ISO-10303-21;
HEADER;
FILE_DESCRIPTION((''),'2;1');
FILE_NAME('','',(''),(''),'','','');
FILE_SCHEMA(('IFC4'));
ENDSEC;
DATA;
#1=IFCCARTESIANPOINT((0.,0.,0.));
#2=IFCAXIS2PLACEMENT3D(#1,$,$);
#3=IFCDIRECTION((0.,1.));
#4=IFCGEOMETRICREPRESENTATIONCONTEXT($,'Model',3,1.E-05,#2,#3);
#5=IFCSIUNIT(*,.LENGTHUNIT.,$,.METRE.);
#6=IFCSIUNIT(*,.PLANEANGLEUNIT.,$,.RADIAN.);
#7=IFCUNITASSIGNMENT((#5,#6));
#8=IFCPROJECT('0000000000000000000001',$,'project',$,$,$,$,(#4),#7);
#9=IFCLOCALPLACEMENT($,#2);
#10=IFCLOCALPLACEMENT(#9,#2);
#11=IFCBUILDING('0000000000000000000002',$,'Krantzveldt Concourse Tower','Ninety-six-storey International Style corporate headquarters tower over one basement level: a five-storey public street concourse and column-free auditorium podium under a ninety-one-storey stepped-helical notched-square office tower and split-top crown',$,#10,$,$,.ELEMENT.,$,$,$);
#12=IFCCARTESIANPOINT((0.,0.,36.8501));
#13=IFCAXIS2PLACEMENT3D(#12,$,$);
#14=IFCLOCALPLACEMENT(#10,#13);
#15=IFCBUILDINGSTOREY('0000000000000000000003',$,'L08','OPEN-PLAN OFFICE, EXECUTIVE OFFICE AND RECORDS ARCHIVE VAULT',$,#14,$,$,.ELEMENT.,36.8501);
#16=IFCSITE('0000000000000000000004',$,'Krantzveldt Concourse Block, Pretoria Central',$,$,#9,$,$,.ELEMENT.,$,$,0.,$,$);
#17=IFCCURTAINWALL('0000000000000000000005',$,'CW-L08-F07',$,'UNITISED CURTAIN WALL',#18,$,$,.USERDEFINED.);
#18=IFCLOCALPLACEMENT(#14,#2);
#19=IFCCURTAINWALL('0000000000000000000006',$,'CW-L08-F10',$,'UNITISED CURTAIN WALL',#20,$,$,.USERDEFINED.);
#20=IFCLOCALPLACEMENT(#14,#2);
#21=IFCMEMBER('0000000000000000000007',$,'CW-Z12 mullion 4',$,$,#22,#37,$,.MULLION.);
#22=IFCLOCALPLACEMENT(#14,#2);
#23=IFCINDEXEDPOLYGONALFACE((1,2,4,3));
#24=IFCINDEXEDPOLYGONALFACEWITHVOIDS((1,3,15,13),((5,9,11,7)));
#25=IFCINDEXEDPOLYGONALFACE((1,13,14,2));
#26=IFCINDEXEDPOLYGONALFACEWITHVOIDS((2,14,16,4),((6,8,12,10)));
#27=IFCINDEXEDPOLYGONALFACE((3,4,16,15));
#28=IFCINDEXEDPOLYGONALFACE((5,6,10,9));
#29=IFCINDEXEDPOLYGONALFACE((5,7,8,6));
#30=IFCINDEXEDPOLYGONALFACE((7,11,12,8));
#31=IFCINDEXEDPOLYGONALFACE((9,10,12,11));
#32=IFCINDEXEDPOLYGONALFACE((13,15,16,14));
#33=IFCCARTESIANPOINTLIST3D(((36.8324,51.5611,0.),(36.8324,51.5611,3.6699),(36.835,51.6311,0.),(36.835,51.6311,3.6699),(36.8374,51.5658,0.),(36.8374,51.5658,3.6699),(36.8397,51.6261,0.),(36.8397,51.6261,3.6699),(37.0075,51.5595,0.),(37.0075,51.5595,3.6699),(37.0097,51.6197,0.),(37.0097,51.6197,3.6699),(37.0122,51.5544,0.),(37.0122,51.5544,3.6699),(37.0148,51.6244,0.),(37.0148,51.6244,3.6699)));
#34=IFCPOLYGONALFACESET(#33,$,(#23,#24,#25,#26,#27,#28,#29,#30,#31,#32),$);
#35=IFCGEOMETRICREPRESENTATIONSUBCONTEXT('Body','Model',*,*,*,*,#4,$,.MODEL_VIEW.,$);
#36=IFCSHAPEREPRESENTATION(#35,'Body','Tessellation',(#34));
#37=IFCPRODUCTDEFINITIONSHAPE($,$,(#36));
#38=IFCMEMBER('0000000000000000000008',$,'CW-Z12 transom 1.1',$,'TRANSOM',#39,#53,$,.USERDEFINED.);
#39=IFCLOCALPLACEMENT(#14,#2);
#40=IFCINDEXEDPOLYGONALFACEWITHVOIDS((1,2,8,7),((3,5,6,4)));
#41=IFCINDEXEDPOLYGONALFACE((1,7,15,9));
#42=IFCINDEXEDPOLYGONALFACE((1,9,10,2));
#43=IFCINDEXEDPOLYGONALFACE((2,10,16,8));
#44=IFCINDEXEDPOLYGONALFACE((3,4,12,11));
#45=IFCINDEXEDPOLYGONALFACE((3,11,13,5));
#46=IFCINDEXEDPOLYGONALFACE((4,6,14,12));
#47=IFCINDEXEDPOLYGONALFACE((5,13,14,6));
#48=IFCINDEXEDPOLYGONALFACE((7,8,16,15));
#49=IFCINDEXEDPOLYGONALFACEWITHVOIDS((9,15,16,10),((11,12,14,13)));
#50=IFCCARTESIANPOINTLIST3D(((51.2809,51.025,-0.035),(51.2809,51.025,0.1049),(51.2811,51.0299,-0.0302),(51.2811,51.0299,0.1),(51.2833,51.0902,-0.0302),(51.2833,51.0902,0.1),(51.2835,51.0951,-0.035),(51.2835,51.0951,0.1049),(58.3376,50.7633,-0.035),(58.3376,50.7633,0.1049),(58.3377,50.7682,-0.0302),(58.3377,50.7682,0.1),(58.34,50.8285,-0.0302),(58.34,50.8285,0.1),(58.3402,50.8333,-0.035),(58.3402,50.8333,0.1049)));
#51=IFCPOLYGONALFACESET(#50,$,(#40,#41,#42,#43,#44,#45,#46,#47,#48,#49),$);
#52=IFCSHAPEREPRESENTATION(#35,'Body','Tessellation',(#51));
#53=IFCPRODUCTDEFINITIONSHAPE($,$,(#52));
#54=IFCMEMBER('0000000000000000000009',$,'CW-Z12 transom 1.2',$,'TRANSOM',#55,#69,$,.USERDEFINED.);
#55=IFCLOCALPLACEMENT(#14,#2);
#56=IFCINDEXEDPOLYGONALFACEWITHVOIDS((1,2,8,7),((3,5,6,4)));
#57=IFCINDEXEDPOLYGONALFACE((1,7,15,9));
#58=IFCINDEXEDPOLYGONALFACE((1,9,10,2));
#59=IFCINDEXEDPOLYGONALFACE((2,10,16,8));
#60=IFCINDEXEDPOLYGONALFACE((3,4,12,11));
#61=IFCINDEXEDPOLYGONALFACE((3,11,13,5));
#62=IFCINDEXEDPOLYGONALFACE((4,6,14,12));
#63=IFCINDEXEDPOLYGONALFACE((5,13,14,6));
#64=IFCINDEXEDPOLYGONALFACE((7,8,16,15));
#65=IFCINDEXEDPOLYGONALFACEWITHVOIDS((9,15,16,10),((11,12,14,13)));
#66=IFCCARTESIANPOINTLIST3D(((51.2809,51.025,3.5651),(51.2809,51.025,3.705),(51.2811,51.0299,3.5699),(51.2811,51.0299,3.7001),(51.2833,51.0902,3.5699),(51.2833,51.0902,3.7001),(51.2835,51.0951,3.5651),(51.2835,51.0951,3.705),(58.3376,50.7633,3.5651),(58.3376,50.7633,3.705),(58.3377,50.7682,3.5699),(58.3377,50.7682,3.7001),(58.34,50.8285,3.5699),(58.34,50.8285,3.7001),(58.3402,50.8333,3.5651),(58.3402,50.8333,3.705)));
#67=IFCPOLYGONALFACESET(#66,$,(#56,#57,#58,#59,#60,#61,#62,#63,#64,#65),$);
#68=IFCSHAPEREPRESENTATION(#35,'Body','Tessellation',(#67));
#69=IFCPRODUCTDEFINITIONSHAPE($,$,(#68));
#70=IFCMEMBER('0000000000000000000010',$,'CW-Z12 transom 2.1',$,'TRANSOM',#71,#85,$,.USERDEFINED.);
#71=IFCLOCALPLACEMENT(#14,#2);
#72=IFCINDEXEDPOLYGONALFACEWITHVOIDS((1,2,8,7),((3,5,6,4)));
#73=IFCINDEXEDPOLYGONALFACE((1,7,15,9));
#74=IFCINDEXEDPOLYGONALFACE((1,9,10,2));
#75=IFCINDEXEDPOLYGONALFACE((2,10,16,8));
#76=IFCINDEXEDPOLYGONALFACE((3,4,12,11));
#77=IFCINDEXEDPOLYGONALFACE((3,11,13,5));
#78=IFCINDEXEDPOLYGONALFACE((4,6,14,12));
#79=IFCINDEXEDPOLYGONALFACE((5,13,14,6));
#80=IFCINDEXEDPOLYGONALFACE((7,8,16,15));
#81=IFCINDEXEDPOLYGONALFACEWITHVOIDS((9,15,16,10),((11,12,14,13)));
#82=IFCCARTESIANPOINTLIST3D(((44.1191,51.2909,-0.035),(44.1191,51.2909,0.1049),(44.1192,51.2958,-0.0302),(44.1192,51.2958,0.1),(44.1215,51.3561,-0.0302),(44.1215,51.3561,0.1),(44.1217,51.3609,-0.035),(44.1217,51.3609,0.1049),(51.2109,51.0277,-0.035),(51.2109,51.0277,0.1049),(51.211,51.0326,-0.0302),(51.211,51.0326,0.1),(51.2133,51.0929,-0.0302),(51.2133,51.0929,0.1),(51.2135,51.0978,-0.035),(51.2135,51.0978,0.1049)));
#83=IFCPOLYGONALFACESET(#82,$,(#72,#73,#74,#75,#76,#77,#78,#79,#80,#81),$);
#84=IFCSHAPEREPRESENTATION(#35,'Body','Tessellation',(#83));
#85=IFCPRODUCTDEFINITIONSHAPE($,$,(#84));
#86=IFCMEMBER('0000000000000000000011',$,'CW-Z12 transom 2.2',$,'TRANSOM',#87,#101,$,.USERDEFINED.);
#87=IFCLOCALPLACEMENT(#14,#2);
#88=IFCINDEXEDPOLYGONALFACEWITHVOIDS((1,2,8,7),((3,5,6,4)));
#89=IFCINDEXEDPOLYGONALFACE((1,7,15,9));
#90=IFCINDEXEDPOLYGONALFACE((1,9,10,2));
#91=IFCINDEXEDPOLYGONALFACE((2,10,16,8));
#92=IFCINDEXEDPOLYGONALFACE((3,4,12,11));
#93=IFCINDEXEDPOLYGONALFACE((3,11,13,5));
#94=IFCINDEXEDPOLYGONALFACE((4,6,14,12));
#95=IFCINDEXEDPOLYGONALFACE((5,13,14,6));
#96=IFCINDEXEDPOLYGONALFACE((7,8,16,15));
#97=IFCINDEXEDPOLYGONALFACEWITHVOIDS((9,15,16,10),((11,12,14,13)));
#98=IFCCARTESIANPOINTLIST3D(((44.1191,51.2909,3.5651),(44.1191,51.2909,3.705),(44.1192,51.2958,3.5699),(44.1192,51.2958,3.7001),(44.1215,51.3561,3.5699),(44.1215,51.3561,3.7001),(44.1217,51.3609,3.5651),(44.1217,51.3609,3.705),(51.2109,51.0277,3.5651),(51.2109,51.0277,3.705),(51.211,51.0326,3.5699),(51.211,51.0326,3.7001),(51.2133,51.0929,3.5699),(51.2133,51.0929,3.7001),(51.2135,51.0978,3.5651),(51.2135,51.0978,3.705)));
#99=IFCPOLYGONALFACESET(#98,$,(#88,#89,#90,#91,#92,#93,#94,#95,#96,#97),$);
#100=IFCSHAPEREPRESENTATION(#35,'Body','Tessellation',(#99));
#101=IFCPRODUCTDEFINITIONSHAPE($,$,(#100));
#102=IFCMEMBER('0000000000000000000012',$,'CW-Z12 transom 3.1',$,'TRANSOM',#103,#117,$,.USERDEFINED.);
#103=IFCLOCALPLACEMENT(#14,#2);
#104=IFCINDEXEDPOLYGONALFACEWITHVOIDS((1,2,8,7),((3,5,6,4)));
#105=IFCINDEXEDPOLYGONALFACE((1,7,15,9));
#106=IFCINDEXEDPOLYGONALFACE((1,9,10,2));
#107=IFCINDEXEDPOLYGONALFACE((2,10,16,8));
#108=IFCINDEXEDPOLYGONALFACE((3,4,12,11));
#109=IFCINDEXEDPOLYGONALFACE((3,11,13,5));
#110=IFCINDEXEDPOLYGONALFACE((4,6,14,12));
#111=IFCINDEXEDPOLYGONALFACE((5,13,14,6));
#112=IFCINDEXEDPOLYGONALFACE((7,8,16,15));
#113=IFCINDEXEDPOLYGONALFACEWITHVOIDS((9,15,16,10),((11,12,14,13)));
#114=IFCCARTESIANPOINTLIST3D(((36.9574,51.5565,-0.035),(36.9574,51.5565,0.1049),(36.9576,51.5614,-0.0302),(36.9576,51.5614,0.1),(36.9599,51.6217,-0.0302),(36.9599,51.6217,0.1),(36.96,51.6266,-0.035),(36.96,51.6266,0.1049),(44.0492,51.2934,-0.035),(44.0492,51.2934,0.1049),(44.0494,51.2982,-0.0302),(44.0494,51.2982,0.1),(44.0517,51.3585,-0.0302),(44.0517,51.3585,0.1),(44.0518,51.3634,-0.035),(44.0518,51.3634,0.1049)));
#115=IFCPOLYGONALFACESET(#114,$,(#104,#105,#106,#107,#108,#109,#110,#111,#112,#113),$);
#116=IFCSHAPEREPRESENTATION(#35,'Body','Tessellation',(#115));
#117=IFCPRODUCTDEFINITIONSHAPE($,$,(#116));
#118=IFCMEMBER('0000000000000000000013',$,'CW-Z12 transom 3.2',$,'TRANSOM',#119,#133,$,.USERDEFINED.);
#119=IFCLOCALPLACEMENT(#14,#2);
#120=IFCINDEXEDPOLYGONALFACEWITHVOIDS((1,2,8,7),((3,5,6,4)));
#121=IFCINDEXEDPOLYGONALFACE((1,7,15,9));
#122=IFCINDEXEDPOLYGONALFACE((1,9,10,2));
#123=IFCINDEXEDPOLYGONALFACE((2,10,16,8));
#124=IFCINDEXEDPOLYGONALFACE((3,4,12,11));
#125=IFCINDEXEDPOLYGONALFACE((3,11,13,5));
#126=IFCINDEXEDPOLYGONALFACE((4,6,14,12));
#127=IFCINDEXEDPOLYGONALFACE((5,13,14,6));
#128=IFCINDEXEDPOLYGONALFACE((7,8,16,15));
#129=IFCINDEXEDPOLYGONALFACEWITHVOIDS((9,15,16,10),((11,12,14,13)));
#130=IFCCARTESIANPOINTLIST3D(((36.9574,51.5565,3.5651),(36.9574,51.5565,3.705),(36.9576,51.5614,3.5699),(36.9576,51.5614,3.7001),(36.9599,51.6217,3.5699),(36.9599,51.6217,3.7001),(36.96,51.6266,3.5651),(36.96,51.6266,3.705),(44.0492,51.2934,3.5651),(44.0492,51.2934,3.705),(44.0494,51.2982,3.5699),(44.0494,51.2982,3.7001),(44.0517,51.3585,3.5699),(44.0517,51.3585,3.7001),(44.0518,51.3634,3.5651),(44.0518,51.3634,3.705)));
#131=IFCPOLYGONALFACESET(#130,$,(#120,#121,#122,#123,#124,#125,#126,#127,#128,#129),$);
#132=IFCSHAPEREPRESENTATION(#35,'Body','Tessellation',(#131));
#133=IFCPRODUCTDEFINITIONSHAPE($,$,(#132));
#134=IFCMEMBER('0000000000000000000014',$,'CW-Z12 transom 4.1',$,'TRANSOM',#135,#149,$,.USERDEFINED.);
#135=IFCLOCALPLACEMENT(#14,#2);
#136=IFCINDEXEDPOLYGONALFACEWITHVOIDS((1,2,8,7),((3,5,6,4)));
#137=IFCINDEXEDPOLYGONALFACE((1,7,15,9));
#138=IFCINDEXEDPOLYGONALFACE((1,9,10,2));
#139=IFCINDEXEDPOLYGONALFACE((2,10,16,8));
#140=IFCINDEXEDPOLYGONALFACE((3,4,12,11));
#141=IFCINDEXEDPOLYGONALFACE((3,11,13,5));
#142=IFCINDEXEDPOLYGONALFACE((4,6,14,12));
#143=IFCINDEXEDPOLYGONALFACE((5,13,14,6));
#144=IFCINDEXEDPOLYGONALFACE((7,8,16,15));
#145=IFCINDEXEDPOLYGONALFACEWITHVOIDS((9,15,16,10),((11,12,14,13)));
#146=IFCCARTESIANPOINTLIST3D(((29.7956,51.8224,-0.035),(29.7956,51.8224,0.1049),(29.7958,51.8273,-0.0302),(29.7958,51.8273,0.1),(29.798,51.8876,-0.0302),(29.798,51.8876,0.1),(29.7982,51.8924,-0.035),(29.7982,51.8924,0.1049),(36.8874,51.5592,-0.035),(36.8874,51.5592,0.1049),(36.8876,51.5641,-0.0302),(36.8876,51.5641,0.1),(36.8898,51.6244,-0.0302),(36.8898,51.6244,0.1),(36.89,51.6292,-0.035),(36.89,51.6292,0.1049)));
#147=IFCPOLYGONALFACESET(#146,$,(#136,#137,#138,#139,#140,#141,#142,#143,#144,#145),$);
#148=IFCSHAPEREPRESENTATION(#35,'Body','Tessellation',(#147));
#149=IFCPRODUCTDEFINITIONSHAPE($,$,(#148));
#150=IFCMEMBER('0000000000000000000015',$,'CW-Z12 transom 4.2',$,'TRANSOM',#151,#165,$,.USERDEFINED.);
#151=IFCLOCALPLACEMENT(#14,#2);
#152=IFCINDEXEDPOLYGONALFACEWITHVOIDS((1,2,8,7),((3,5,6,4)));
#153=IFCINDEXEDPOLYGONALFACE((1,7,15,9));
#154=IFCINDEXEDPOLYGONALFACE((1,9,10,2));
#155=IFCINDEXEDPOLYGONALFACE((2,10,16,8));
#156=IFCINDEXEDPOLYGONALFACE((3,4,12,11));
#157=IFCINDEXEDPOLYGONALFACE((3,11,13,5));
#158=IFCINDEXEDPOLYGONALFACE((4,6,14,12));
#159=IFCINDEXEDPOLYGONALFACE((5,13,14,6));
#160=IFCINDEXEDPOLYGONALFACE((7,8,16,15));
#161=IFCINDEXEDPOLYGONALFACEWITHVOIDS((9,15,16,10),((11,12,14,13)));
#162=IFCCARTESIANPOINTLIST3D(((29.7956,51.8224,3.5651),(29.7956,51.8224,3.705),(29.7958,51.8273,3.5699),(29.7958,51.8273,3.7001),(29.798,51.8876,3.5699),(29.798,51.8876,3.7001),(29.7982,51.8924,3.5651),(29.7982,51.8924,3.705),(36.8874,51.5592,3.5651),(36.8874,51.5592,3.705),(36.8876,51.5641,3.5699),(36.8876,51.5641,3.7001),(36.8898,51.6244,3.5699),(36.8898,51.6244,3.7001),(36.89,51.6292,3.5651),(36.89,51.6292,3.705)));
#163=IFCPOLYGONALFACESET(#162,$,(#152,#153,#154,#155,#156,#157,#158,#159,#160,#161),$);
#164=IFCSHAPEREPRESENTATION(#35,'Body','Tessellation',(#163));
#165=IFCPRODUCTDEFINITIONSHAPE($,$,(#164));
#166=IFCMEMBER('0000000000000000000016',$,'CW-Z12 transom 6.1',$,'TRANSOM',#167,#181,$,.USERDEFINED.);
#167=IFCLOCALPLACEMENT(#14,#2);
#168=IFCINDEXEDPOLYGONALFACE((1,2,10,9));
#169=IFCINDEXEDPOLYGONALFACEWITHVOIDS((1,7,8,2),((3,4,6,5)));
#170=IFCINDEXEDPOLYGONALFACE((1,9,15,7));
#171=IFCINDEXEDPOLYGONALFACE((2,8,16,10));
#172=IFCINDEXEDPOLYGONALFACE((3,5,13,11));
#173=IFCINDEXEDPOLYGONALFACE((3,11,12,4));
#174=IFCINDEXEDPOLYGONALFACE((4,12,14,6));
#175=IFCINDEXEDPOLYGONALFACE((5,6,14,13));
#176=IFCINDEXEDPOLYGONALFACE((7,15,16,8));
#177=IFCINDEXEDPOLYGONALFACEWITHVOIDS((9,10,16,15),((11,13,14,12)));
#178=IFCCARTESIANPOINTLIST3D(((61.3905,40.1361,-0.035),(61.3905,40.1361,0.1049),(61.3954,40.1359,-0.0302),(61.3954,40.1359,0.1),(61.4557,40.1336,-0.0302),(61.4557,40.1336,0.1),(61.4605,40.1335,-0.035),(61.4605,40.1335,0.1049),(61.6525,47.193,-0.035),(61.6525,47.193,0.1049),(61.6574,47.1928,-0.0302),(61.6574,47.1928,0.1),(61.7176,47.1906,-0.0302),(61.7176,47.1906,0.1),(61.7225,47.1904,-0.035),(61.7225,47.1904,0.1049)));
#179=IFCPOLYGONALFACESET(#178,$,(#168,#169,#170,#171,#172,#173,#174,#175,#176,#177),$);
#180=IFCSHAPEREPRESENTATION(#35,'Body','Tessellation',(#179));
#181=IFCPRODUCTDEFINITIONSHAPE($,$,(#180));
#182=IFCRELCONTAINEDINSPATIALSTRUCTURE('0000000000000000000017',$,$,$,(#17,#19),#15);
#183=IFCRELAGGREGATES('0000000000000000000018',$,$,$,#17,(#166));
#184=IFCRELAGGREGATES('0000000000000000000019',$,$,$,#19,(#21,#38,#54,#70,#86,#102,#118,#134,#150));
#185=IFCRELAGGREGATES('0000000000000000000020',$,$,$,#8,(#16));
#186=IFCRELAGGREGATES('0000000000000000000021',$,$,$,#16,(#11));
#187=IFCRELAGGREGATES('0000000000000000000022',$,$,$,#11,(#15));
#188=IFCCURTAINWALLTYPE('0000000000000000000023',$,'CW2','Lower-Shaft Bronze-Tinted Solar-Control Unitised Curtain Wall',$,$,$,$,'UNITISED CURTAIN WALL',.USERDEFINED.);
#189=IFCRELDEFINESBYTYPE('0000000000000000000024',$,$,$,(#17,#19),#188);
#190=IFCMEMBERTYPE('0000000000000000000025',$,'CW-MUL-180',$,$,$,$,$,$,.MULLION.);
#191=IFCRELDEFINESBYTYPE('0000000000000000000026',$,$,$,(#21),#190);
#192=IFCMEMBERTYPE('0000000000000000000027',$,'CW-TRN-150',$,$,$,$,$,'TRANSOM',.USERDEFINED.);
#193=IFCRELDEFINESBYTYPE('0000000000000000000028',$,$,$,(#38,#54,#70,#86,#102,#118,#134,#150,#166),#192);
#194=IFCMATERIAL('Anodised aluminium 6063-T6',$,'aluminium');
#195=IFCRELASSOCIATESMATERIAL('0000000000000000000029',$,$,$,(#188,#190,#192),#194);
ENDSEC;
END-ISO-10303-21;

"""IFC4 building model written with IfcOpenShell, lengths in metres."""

from ifc_helpers import new_model, si_unit, direction, frame, origin, origin_2d, place, context, subcontext, project, spatial, hollow_rectangle, extrude, source, transform, mapped, material, material_profile, profile_set, type_object, type_shapes, element, aggregate, save


model = new_model("IFC4")

# Units and contexts
model_context = context("Model", 3, precision=1e-05, world=origin(), true_north=direction((0.0, 1.0)))
body_context = subcontext(model_context, "Body", "Model", "MODEL_VIEW")
ifc_project = project(units=[si_unit("LENGTHUNIT", "METRE"), si_unit("PLANEANGLEUNIT", "RADIAN")], contexts=[model_context])

# Site, building, storey
site_placement = place(None, origin())
site = spatial("IfcSite", under=ifc_project, at=site_placement, Name="Krantzveldt Concourse Block, Pretoria Central", CompositionType="ELEMENT", RefElevation=0.0)
building_placement = place(site_placement, origin())
building = spatial("IfcBuilding", under=site, at=building_placement, Name="Krantzveldt Concourse Tower", Description="Ninety-six-storey International Style corporate headquarters tower over one basement level: a five-storey public street concourse and column-free auditorium podium under a ninety-one-storey stepped-helical notched-square office tower and split-top crown", CompositionType="ELEMENT")
storey_placement = place(building_placement, frame((0.0, 0.0, 36.8501)))
storey = spatial("IfcBuildingStorey", under=building, at=storey_placement, Name="L08", Description="OPEN-PLAN OFFICE, EXECUTIVE OFFICE AND RECORDS ARCHIVE VAULT", CompositionType="ELEMENT", Elevation=36.8501)

# Curtain walls, members
ifc_material_1 = material(Name="Anodised aluminium 6063-T6", Category="aluminium")
curtain_wall_type = type_object("IfcCurtainWallType", Name="CW2", Description="Lower-Shaft Bronze-Tinted Solar-Control Unitised Curtain Wall", ElementType="UNITISED CURTAIN WALL", PredefinedType="USERDEFINED", material=ifc_material_1)
curtain_wall_1_placement = place(storey_placement, origin())
curtain_wall_1 = element("IfcCurtainWall", 1, at=curtain_wall_1_placement, inside=storey, type_object=curtain_wall_type, Name="CW-L08-F07", ObjectType="UNITISED CURTAIN WALL", PredefinedType="USERDEFINED")
ifc_material_profile_1 = material_profile(ifc_material_1, hollow_rectangle(XDim=0.0701, YDim=0.1799, WallThickness=0.0049, at=origin_2d()), Name="Anodised aluminium 6063-T6", Category="aluminium")
ifc_profile_set_1 = profile_set([ifc_material_profile_1], Name="Anodised aluminium 6063-T6 - ALU-MULL 180x70x5")
member_type_1 = type_object("IfcMemberType", Name="CW-MUL-180", PredefinedType="MULLION", material=ifc_profile_set_1)
shared_shape_1 = source(origin(), body_context, "Body", "SweptSolid", [
    extrude(hollow_rectangle(XDim=0.0701, YDim=0.1799, WallThickness=0.0049, at=origin_2d()), origin(), (0.0, 0.0, 1.0), 3.6699),
])
type_shapes(member_type_1, [shared_shape_1])
curtain_wall_2_placement = place(storey_placement, origin())
curtain_wall_2 = element("IfcCurtainWall", 2, at=curtain_wall_2_placement, inside=storey, type_object=curtain_wall_type, Name="CW-L08-F10", ObjectType="UNITISED CURTAIN WALL", PredefinedType="USERDEFINED")
member_1_placement = place(storey_placement, frame((36.9236, 51.5928, 0.0), z_axis=(0.0, 0.0, 1.0), x_axis=(-0.03708, -0.999312, 0.0)))
member_1 = element("IfcMember", 3, at=member_1_placement, type_object=member_type_1, Name="CW-Z12 mullion 4", PredefinedType="MULLION", context=body_context, shape_type="MappedRepresentation", body=[
    mapped(shared_shape_1, transform((0.0, 0.0, 0.0), x_axis=(1.0, 0.0, 0.0), y_axis=(0.0, 1.0, 0.0), z_axis=(0.0, 0.0, 1.0), scale=1.0)),
])
ifc_material_profile_2 = material_profile(ifc_material_1, hollow_rectangle(XDim=0.0701, YDim=0.1399, WallThickness=0.0049, at=origin_2d()), Name="Anodised aluminium 6063-T6", Category="aluminium")
ifc_profile_set_2 = profile_set([ifc_material_profile_2], Name="Anodised aluminium 6063-T6 - ALU-TRAN 140x70x5")
member_type_2 = type_object("IfcMemberType", Name="CW-TRN-150", ElementType="TRANSOM", PredefinedType="USERDEFINED", material=ifc_profile_set_2)
shared_shape_2 = source(origin(), body_context, "Body", "SweptSolid", [
    extrude(hollow_rectangle(XDim=0.0701, YDim=0.1399, WallThickness=0.0049, at=origin_2d()), origin(), (0.0, 0.0, 1.0), 7.0615),
])
member_2_placement = place(storey_placement, frame((58.3389, 50.7983, 0.0349), z_axis=(-0.999313, 0.037063, 0.0), x_axis=(-0.037063, -0.999313, 0.0)))
member_2 = element("IfcMember", 4, at=member_2_placement, type_object=member_type_2, Name="CW-Z12 transom 1.1", ObjectType="TRANSOM", PredefinedType="USERDEFINED", context=body_context, shape_type="MappedRepresentation", body=[
    mapped(shared_shape_2, transform((0.0, 0.0, 0.0), x_axis=(1.0, 0.0, 0.0), y_axis=(0.0, 1.0, 0.0), z_axis=(0.0, 0.0, 1.0), scale=1.0)),
])
member_3_placement = place(storey_placement, frame((58.3389, 50.7983, 3.635), z_axis=(-0.999313, 0.037063, 0.0), x_axis=(-0.037063, -0.999313, 0.0)))
member_3 = element("IfcMember", 5, at=member_3_placement, type_object=member_type_2, Name="CW-Z12 transom 1.2", ObjectType="TRANSOM", PredefinedType="USERDEFINED", context=body_context, shape_type="MappedRepresentation", body=[
    mapped(shared_shape_2, transform((0.0, 0.0, 0.0), x_axis=(1.0, 0.0, 0.0), y_axis=(0.0, 1.0, 0.0), z_axis=(0.0, 0.0, 1.0), scale=1.0)),
])
shared_shape_3 = source(origin(), body_context, "Body", "SweptSolid", [
    extrude(hollow_rectangle(XDim=0.0701, YDim=0.1399, WallThickness=0.0049, at=origin_2d()), origin(), (0.0, 0.0, 1.0), 7.0967),
])
member_4_placement = place(storey_placement, frame((51.2122, 51.0627, 0.0349), z_axis=(-0.999312, 0.037085, 0.0), x_axis=(-0.037085, -0.999312, 0.0)))
member_4 = element("IfcMember", 6, at=member_4_placement, type_object=member_type_2, Name="CW-Z12 transom 2.1", ObjectType="TRANSOM", PredefinedType="USERDEFINED", context=body_context, shape_type="MappedRepresentation", body=[
    mapped(shared_shape_3, transform((0.0, 0.0, 0.0), x_axis=(1.0, 0.0, 0.0), y_axis=(0.0, 1.0, 0.0), z_axis=(0.0, 0.0, 1.0), scale=1.0)),
])
member_5_placement = place(storey_placement, frame((51.2122, 51.0627, 3.635), z_axis=(-0.999312, 0.037085, 0.0), x_axis=(-0.037085, -0.999312, 0.0)))
member_5 = element("IfcMember", 7, at=member_5_placement, type_object=member_type_2, Name="CW-Z12 transom 2.2", ObjectType="TRANSOM", PredefinedType="USERDEFINED", context=body_context, shape_type="MappedRepresentation", body=[
    mapped(shared_shape_3, transform((0.0, 0.0, 0.0), x_axis=(1.0, 0.0, 0.0), y_axis=(0.0, 1.0, 0.0), z_axis=(0.0, 0.0, 1.0), scale=1.0)),
])
member_6_placement = place(storey_placement, frame((44.0505, 51.3284, 0.0349), z_axis=(-0.999312, 0.037085, 0.0), x_axis=(-0.037085, -0.999312, 0.0)))
member_6 = element("IfcMember", 8, at=member_6_placement, type_object=member_type_2, Name="CW-Z12 transom 3.1", ObjectType="TRANSOM", PredefinedType="USERDEFINED", context=body_context, shape_type="MappedRepresentation", body=[
    mapped(shared_shape_3, transform((0.0, 0.0, 0.0), x_axis=(1.0, 0.0, 0.0), y_axis=(0.0, 1.0, 0.0), z_axis=(0.0, 0.0, 1.0), scale=1.0)),
])
member_7_placement = place(storey_placement, frame((44.0505, 51.3284, 3.635), z_axis=(-0.999312, 0.037085, 0.0), x_axis=(-0.037085, -0.999312, 0.0)))
member_7 = element("IfcMember", 9, at=member_7_placement, type_object=member_type_2, Name="CW-Z12 transom 3.2", ObjectType="TRANSOM", PredefinedType="USERDEFINED", context=body_context, shape_type="MappedRepresentation", body=[
    mapped(shared_shape_3, transform((0.0, 0.0, 0.0), x_axis=(1.0, 0.0, 0.0), y_axis=(0.0, 1.0, 0.0), z_axis=(0.0, 0.0, 1.0), scale=1.0)),
])
member_8_placement = place(storey_placement, frame((36.8887, 51.5942, 0.0349), z_axis=(-0.999312, 0.037085, 0.0), x_axis=(-0.037085, -0.999312, 0.0)))
member_8 = element("IfcMember", 10, at=member_8_placement, type_object=member_type_2, Name="CW-Z12 transom 4.1", ObjectType="TRANSOM", PredefinedType="USERDEFINED", context=body_context, shape_type="MappedRepresentation", body=[
    mapped(shared_shape_3, transform((0.0, 0.0, 0.0), x_axis=(1.0, 0.0, 0.0), y_axis=(0.0, 1.0, 0.0), z_axis=(0.0, 0.0, 1.0), scale=1.0)),
])
member_9_placement = place(storey_placement, frame((36.8887, 51.5942, 3.635), z_axis=(-0.999312, 0.037085, 0.0), x_axis=(-0.037085, -0.999312, 0.0)))
member_9 = element("IfcMember", 11, at=member_9_placement, type_object=member_type_2, Name="CW-Z12 transom 4.2", ObjectType="TRANSOM", PredefinedType="USERDEFINED", context=body_context, shape_type="MappedRepresentation", body=[
    mapped(shared_shape_3, transform((0.0, 0.0, 0.0), x_axis=(1.0, 0.0, 0.0), y_axis=(0.0, 1.0, 0.0), z_axis=(0.0, 0.0, 1.0), scale=1.0)),
])

# Member
shared_shape_4 = source(origin(), body_context, "Body", "SweptSolid", [
    extrude(hollow_rectangle(XDim=0.0701, YDim=0.1399, WallThickness=0.0049, at=origin_2d()), origin(), (0.0, 0.0, 1.0), 7.0618),
])
type_shapes(member_type_2, [shared_shape_2, shared_shape_3, shared_shape_4])
member_10_placement = place(storey_placement, frame((61.4255, 40.1348, 0.0349), z_axis=(0.037096, 0.999312, 0.0), x_axis=(-0.999312, 0.037096, 0.0)))
member_10 = element("IfcMember", 12, at=member_10_placement, type_object=member_type_2, Name="CW-Z12 transom 6.1", ObjectType="TRANSOM", PredefinedType="USERDEFINED", context=body_context, shape_type="MappedRepresentation", body=[
    mapped(shared_shape_4, transform((0.0, 0.0, 0.0), x_axis=(1.0, 0.0, 0.0), y_axis=(0.0, 1.0, 0.0), z_axis=(0.0, 0.0, 1.0), scale=1.0)),
])

aggregate(curtain_wall_1, [member_10])
aggregate(curtain_wall_2, [member_1, member_2, member_3, member_4, member_5, member_6, member_7, member_8, member_9])

save(model, "model.ifc")
